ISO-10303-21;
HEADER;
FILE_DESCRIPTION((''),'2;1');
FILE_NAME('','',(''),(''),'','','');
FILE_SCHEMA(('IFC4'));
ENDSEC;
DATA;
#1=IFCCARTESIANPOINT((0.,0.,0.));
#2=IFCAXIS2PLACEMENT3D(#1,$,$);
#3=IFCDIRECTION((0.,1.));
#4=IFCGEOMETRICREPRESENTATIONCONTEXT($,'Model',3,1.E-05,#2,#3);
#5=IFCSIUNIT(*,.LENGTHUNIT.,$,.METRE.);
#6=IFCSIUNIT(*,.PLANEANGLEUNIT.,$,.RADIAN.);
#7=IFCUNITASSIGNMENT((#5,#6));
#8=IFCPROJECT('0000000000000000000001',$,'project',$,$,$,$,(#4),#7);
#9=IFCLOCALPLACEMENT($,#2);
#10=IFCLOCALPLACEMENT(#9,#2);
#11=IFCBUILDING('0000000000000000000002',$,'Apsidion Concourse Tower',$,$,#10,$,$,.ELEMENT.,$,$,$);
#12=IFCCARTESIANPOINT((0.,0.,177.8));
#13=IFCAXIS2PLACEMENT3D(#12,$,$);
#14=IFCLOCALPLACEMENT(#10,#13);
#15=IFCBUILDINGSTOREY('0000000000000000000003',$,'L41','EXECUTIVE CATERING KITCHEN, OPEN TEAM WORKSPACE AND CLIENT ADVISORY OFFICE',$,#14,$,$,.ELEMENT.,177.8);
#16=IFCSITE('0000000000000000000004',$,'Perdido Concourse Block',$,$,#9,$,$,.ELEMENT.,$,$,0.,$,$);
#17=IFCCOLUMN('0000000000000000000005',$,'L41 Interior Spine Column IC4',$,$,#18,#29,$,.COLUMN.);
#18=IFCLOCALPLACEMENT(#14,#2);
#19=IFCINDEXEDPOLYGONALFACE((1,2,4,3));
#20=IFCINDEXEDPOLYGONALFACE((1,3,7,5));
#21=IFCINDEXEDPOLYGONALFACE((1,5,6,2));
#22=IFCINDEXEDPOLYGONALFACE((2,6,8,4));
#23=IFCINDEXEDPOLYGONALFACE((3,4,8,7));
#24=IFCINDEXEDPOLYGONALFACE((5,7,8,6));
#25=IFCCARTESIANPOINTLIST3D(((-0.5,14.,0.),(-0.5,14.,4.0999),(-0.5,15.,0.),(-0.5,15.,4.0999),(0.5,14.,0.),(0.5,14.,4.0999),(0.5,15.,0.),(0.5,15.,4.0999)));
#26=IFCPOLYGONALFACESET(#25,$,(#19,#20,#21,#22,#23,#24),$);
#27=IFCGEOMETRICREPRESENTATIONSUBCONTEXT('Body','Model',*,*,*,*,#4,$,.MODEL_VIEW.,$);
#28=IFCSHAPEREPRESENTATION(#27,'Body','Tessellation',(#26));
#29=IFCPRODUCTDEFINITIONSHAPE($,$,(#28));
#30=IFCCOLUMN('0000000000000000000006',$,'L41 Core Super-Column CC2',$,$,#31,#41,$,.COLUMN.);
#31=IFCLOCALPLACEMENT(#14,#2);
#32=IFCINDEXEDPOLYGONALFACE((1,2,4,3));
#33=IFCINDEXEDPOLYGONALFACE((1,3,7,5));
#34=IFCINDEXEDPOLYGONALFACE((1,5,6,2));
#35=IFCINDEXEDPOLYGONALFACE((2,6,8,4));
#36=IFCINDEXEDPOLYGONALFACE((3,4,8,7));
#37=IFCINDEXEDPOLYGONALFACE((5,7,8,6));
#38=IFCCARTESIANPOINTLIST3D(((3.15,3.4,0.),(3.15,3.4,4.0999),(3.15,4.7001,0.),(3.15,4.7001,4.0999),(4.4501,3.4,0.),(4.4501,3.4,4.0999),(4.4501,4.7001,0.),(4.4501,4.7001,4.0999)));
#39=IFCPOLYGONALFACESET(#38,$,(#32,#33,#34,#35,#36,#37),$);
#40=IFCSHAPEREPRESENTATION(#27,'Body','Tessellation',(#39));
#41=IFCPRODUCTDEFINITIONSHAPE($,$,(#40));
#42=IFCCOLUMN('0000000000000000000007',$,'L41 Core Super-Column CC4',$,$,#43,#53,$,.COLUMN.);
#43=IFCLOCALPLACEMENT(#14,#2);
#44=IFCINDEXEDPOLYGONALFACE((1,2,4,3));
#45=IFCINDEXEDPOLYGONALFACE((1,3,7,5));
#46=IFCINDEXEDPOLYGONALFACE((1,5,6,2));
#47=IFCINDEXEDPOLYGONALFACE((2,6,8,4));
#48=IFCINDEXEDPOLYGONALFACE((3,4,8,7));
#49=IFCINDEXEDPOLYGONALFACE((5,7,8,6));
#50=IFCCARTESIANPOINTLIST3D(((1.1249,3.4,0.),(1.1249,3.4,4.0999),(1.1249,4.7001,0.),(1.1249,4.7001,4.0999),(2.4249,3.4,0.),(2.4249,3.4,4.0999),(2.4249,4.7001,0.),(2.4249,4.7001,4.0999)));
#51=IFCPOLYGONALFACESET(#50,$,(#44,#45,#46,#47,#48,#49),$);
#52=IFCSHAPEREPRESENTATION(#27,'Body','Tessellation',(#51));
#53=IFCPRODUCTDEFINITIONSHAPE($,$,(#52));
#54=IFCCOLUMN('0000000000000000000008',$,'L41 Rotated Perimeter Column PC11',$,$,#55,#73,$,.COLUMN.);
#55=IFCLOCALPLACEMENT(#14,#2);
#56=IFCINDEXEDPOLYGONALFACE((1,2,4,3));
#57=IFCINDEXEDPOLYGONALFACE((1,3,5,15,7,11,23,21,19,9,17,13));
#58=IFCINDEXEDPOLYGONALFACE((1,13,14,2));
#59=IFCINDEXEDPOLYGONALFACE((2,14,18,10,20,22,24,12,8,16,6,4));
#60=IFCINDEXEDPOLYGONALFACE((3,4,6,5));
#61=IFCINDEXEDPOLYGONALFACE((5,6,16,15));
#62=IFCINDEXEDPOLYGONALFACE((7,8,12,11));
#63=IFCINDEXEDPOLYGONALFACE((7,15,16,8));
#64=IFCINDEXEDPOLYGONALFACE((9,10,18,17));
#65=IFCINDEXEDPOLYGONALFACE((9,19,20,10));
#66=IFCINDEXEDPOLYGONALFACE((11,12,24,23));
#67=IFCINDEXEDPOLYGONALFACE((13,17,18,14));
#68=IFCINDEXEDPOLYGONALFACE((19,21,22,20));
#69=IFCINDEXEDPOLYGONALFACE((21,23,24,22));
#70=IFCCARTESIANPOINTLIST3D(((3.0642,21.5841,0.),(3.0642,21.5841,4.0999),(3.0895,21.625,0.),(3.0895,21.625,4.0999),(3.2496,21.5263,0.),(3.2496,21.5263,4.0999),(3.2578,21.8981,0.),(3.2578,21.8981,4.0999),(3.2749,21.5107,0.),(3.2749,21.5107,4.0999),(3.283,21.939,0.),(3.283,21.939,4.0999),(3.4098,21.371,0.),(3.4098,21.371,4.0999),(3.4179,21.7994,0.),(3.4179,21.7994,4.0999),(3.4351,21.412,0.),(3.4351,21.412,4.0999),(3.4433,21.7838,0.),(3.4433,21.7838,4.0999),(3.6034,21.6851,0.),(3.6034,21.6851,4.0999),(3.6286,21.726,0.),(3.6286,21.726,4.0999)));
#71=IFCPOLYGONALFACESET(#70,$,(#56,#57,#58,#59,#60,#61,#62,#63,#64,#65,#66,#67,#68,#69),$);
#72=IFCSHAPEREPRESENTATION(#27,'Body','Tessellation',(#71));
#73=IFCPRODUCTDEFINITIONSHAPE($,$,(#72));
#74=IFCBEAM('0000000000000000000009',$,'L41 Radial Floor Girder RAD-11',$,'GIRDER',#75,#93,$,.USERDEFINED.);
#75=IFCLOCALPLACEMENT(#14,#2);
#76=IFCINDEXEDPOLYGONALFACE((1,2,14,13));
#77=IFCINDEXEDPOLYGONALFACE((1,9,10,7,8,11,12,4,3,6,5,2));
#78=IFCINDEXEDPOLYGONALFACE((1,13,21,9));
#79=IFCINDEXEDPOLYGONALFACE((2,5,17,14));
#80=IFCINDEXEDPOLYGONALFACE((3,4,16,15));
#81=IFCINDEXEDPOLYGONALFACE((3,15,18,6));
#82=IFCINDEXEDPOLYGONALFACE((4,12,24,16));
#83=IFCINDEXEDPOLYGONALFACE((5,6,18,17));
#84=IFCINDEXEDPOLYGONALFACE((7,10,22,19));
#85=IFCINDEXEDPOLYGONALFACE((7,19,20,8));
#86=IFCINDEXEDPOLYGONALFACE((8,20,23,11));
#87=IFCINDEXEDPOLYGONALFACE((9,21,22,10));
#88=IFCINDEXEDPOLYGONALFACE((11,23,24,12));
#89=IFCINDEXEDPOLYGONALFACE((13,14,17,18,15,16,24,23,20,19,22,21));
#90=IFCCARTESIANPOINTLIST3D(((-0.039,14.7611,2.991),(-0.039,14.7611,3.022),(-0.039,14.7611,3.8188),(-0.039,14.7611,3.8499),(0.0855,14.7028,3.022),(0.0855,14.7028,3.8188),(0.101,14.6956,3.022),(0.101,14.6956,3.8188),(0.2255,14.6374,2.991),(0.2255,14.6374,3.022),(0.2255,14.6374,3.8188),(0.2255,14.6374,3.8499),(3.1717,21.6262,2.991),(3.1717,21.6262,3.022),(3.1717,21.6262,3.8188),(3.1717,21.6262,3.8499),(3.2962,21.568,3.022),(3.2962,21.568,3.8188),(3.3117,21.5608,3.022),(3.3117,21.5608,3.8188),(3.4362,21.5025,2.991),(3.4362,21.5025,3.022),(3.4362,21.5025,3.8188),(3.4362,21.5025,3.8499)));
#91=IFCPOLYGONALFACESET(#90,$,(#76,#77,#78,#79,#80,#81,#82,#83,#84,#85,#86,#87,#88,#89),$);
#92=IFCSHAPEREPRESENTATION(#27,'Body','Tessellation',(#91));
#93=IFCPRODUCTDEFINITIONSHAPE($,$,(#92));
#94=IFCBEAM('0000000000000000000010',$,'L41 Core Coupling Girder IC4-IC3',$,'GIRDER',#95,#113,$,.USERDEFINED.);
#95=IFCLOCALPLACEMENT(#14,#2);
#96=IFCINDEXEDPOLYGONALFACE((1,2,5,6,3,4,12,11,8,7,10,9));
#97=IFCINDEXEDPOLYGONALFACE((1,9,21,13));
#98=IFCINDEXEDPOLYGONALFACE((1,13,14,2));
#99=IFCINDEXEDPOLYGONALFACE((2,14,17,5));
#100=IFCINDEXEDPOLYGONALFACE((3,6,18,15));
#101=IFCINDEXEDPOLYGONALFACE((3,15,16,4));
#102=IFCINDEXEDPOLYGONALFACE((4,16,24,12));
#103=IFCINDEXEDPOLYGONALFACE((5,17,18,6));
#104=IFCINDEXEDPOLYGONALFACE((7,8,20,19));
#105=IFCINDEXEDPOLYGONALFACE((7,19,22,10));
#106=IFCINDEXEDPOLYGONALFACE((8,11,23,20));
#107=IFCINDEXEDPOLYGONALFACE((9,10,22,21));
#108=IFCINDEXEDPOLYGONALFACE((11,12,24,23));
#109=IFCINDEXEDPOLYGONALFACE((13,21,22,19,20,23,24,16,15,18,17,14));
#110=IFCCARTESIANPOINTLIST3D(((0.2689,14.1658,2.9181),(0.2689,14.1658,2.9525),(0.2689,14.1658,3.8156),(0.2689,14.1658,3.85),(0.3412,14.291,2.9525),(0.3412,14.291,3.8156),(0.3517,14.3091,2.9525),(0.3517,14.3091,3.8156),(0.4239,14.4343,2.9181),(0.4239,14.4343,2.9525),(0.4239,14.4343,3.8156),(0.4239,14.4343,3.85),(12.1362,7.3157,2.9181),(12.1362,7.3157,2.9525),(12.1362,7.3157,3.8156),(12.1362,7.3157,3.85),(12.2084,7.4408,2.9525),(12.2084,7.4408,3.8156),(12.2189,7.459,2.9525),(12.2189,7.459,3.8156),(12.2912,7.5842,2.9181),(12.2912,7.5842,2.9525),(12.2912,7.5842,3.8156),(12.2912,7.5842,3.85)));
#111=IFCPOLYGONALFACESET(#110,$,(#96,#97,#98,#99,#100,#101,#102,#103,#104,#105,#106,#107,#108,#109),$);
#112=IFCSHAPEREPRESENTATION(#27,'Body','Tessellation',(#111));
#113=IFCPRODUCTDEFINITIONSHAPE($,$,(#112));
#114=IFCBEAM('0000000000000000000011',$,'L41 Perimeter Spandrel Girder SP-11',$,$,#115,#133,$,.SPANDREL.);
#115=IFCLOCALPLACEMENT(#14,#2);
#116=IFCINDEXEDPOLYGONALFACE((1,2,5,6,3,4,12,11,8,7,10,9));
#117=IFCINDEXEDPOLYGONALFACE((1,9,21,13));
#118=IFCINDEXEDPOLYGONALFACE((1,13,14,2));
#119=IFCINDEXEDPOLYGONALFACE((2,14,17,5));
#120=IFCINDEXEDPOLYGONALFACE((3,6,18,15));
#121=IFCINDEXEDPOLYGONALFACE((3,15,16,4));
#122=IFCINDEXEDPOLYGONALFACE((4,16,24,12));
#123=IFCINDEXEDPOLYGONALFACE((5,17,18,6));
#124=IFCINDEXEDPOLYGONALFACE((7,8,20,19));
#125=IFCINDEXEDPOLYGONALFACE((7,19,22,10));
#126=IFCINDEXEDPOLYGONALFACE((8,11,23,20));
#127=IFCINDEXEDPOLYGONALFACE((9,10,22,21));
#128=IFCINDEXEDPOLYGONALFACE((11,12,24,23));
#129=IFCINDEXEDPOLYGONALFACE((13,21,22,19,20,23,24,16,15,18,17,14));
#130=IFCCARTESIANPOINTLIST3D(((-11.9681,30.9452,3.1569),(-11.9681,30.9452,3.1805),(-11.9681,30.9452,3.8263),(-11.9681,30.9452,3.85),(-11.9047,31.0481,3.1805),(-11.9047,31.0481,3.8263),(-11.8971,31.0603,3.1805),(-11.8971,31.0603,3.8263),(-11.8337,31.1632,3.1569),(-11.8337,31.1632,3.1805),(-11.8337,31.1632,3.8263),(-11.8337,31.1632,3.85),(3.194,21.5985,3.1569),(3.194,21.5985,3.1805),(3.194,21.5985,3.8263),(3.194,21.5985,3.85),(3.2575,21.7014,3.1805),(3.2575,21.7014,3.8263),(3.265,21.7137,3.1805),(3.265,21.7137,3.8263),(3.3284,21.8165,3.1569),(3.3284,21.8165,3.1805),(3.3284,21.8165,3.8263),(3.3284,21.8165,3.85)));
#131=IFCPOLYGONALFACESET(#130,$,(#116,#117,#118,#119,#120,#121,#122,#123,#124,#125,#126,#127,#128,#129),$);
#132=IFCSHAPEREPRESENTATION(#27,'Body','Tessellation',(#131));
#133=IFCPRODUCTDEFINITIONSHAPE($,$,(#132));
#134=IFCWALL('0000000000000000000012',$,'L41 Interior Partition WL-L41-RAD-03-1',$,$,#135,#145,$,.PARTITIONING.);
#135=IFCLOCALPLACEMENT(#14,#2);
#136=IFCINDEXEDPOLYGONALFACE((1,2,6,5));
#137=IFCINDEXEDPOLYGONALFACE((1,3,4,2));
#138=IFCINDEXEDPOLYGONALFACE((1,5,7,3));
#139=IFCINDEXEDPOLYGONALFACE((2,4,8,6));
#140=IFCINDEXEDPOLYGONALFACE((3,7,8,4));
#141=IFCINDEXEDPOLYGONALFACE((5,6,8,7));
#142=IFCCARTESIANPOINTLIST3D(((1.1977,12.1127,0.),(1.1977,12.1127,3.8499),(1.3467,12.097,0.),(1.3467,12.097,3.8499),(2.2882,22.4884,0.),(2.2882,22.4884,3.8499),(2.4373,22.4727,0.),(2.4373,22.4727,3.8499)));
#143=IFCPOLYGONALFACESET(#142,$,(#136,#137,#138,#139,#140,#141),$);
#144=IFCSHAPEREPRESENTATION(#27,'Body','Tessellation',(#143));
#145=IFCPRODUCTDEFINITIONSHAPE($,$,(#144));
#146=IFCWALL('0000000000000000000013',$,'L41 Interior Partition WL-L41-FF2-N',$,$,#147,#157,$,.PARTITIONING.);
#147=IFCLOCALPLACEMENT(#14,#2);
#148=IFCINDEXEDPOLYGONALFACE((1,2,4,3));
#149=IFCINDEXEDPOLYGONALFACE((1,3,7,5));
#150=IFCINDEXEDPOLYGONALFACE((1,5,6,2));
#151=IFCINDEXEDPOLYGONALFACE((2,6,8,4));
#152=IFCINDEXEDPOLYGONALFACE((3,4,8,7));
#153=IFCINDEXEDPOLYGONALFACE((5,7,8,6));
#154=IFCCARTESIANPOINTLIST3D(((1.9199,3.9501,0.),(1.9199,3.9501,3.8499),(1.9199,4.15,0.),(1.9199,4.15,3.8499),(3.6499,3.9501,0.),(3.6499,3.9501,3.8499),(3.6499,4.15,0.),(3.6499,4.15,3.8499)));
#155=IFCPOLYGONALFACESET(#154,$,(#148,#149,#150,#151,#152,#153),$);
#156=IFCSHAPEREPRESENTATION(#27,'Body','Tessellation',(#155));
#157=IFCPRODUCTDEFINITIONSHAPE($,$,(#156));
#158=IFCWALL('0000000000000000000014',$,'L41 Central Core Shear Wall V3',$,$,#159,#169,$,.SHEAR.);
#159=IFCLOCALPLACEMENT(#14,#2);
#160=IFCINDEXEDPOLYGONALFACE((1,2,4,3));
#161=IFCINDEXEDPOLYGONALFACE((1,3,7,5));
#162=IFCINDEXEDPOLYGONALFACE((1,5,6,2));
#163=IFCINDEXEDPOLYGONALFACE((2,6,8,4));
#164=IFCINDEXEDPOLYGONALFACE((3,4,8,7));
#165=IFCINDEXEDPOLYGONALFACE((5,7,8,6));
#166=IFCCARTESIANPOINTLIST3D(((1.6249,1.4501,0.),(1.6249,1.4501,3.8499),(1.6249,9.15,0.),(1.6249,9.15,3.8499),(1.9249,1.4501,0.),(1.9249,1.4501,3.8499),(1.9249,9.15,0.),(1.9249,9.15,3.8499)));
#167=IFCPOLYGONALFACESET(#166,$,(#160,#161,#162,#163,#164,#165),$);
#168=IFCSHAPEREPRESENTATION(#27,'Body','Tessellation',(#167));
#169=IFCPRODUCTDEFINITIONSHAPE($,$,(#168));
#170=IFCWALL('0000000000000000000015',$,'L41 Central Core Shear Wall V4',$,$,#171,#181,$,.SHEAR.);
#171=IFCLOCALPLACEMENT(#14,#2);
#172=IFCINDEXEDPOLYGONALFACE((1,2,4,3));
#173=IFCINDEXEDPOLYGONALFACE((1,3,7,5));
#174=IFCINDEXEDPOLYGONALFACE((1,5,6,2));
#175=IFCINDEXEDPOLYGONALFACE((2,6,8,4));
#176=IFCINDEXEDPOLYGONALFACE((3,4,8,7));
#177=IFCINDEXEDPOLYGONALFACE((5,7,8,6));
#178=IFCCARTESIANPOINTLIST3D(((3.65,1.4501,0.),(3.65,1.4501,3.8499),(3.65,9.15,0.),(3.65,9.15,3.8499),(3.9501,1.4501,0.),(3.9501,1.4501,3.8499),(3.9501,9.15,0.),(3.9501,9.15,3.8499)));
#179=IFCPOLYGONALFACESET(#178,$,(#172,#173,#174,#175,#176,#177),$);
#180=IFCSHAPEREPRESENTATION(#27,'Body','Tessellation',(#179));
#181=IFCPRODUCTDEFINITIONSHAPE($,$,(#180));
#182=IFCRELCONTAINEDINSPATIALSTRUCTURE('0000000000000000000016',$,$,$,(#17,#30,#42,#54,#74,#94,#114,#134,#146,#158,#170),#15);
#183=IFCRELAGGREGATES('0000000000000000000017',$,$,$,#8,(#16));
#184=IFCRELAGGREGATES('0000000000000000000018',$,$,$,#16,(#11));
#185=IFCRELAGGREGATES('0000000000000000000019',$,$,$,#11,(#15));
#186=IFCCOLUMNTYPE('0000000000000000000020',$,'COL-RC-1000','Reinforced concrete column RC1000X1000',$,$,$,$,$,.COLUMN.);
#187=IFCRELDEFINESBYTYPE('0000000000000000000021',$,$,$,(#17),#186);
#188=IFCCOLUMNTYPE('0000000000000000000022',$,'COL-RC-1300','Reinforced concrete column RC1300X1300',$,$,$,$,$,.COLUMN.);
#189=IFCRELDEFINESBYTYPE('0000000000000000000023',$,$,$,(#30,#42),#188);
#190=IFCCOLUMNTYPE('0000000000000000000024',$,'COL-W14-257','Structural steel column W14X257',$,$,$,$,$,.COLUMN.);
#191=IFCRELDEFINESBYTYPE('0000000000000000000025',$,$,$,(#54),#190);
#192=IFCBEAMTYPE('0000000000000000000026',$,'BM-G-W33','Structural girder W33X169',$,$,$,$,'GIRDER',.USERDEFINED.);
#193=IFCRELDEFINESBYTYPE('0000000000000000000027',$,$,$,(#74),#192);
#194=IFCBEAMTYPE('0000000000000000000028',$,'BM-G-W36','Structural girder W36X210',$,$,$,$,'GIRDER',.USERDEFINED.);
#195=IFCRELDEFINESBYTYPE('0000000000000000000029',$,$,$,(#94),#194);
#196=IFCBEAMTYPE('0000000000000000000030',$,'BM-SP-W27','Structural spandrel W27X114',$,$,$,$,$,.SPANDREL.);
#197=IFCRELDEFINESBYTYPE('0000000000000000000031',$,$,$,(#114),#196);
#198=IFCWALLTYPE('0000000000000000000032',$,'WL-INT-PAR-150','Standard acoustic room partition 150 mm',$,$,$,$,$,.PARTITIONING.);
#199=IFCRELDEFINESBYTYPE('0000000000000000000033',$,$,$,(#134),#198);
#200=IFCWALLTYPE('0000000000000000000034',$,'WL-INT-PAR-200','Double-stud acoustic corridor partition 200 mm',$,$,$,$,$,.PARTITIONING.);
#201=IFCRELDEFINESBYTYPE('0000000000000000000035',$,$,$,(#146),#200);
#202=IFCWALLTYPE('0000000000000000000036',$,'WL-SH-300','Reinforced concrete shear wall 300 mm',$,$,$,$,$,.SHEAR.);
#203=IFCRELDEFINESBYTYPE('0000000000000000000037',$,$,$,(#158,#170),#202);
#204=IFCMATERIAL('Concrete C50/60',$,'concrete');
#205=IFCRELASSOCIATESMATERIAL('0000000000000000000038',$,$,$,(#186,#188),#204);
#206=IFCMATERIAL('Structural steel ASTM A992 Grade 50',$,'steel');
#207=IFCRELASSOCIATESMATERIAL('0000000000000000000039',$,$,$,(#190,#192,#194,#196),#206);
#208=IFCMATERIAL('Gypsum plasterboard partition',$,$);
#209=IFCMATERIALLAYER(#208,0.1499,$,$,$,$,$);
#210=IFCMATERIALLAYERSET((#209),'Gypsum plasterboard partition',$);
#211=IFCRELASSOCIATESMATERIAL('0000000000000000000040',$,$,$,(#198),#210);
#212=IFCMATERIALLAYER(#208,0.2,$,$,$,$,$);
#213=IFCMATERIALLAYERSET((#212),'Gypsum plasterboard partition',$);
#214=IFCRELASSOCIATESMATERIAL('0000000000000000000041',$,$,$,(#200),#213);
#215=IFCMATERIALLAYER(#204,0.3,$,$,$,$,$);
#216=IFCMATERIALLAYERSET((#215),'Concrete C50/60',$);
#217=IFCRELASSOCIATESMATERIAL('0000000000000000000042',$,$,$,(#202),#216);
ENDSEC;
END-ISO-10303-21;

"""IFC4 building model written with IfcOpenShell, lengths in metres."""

from ifc_helpers import new_model, si_unit, direction, frame, frame_2d, origin, origin_2d, place, context, subcontext, project, spatial, rectangle, i_section, extrude, material, layer, layer_set, material_profile, profile_set, type_object, element, save


model = new_model("IFC4")

# Units and contexts
model_context = context("Model", 3, precision=1e-05, world=origin(), true_north=direction((0.0, 1.0)))
body_context = subcontext(model_context, "Body", "Model", "MODEL_VIEW")
ifc_project = project(units=[si_unit("LENGTHUNIT", "METRE"), si_unit("PLANEANGLEUNIT", "RADIAN")], contexts=[model_context])

# Site, building, storey
site_placement = place(None, origin())
site = spatial("IfcSite", under=ifc_project, at=site_placement, Name="Perdido Concourse Block", CompositionType="ELEMENT", RefElevation=0.0)
building_placement = place(site_placement, origin())
building = spatial("IfcBuilding", under=site, at=building_placement, Name="Apsidion Concourse Tower", CompositionType="ELEMENT")
storey_placement = place(building_placement, frame((0.0, 0.0, 177.8)))
storey = spatial("IfcBuildingStorey", under=building, at=storey_placement, Name="L41", Description="EXECUTIVE CATERING KITCHEN, OPEN TEAM WORKSPACE AND CLIENT ADVISORY OFFICE", CompositionType="ELEMENT", Elevation=177.8)

# Columns
ifc_material_1 = material(Name="Concrete C50/60", Category="concrete")
ifc_material_profile_1 = material_profile(ifc_material_1, rectangle(XDim=1.0, YDim=1.0, at=origin_2d()), Name="RC 1000x1000")
ifc_profile_set_1 = profile_set([ifc_material_profile_1], Name="Concrete C50/60")
column_type_1 = type_object("IfcColumnType", Name="COL-RC-1000", Description="Reinforced concrete column RC1000X1000", PredefinedType="COLUMN", material=ifc_profile_set_1)
column_1_placement = place(storey_placement, frame((0.0, 14.5, 0.0), z_axis=(0.0, 0.0, 1.0), x_axis=(1.0, 0.0, 0.0)))
element("IfcColumn", 1, at=column_1_placement, inside=storey, type_object=column_type_1, Name="L41 Interior Spine Column IC4", PredefinedType="COLUMN", context=body_context, shape_type="SweptSolid", body=[
    extrude(rectangle(XDim=1.0, YDim=1.0, at=origin_2d()), origin(), (0.0, 0.0, 1.0), 4.0999),
])
ifc_material_profile_2 = material_profile(ifc_material_1, rectangle(XDim=1.3, YDim=1.3, at=origin_2d()), Name="RC 1300x1300")
ifc_profile_set_2 = profile_set([ifc_material_profile_2], Name="Concrete C50/60")
column_type_2 = type_object("IfcColumnType", Name="COL-RC-1300", Description="Reinforced concrete column RC1300X1300", PredefinedType="COLUMN", material=ifc_profile_set_2)
for number, where, z_axis, x_axis, name in (
    (2, (3.8, 4.05, 0.0), (0.0, 0.0, 1.0), (1.0, 0.0, 0.0), "L41 Core Super-Column CC2"),
    (3, (1.7749, 4.05, 0.0), (0.0, 0.0, 1.0), (1.0, 0.0, 0.0), "L41 Core Super-Column CC4"),
):
    element("IfcColumn", number, at=place(storey_placement, frame(where, z_axis=z_axis, x_axis=x_axis)), inside=storey, type_object=column_type_2, Name=name, PredefinedType="COLUMN", context=body_context, shape_type="SweptSolid", body=[
        extrude(rectangle(XDim=1.3, YDim=1.3, at=origin_2d()), origin(), (0.0, 0.0, 1.0), 4.0999),
    ])
ifc_material_2 = material(Name="Structural steel ASTM A992 Grade 50", Category="steel")
ifc_material_profile_3 = material_profile(ifc_material_2, i_section(OverallWidth=0.406, OverallDepth=0.417, WebThickness=0.0298, FlangeThickness=0.0481, at=origin_2d()), Name="W14X257")
ifc_profile_set_3 = profile_set([ifc_material_profile_3], Name="Structural steel ASTM A992 Grade 50")
column_type_3 = type_object("IfcColumnType", Name="COL-W14-257", Description="Structural steel column W14X257", PredefinedType="COLUMN", material=ifc_profile_set_3)
column_2_placement = place(storey_placement, frame((3.3464, 21.655, 0.0), z_axis=(0.0, 0.0, 1.0), x_axis=(-0.851269, 0.524729, 0.0)))
element("IfcColumn", 4, at=column_2_placement, inside=storey, type_object=column_type_3, Name="L41 Rotated Perimeter Column PC11", PredefinedType="COLUMN", context=body_context, shape_type="SweptSolid", body=[
    extrude(i_section(OverallWidth=0.406, OverallDepth=0.417, WebThickness=0.0298, FlangeThickness=0.0481, at=origin_2d()), origin(), (0.0, 0.0, 1.0), 4.0999),
])

# Beams
ifc_material_profile_4 = material_profile(ifc_material_2, i_section(OverallWidth=0.292, OverallDepth=0.8589, WebThickness=0.0171, FlangeThickness=0.031, at=origin_2d()), Name="W33X169")
ifc_profile_set_4 = profile_set([ifc_material_profile_4], Name="Structural steel ASTM A992 Grade 50")
beam_type_1 = type_object("IfcBeamType", Name="BM-G-W33", Description="Structural girder W33X169", ElementType="GIRDER", PredefinedType="USERDEFINED", material=ifc_profile_set_4)
beam_1_placement = place(storey_placement, frame((0.0933, 14.6992, 3.4204), z_axis=(0.423635, 0.905833, 0.0), x_axis=(-0.905833, 0.423635, 0.0)))
element("IfcBeam", 5, at=beam_1_placement, inside=storey, type_object=beam_type_1, Name="L41 Radial Floor Girder RAD-11", ObjectType="GIRDER", PredefinedType="USERDEFINED", context=body_context, shape_type="SweptSolid", body=[
    extrude(i_section(OverallWidth=0.292, OverallDepth=0.8589, WebThickness=0.0171, FlangeThickness=0.031, at=origin_2d()), origin(), (0.0, 0.0, 1.0), 7.5789),
])
ifc_material_profile_5 = material_profile(ifc_material_2, i_section(OverallWidth=0.3101, OverallDepth=0.9319, WebThickness=0.021, FlangeThickness=0.0344, at=origin_2d()), Name="W36X210")
ifc_profile_set_5 = profile_set([ifc_material_profile_5], Name="Structural steel ASTM A992 Grade 50")
beam_type_2 = type_object("IfcBeamType", Name="BM-G-W36", Description="Structural girder W36X210", ElementType="GIRDER", PredefinedType="USERDEFINED", material=ifc_profile_set_5)
beam_2_placement = place(storey_placement, frame((0.3464, 14.3, 3.384), z_axis=(0.86607, -0.499922, 0.0), x_axis=(0.499922, 0.86607, 0.0)))
element("IfcBeam", 6, at=beam_2_placement, inside=storey, type_object=beam_type_2, Name="L41 Core Coupling Girder IC4-IC3", ObjectType="GIRDER", PredefinedType="USERDEFINED", context=body_context, shape_type="SweptSolid", body=[
    extrude(i_section(OverallWidth=0.3101, OverallDepth=0.9319, WebThickness=0.021, FlangeThickness=0.0344, at=origin_2d()), origin(), (0.0, 0.0, 1.0), 13.7024),
])
ifc_material_profile_6 = material_profile(ifc_material_2, i_section(OverallWidth=0.2561, OverallDepth=0.6931, WebThickness=0.0144, FlangeThickness=0.0237, at=origin_2d()), Name="W27X114")
ifc_profile_set_6 = profile_set([ifc_material_profile_6], Name="Structural steel ASTM A992 Grade 50")
beam_type_3 = type_object("IfcBeamType", Name="BM-SP-W27", Description="Structural spandrel W27X114", PredefinedType="SPANDREL", material=ifc_profile_set_6)
beam_3_placement = place(storey_placement, frame((3.2612, 21.7075, 3.5034), z_axis=(-0.851253, 0.524755, 0.0), x_axis=(-0.524755, -0.851253, 0.0)))
element("IfcBeam", 7, at=beam_3_placement, inside=storey, type_object=beam_type_3, Name="L41 Perimeter Spandrel Girder SP-11", PredefinedType="SPANDREL", context=body_context, shape_type="SweptSolid", body=[
    extrude(i_section(OverallWidth=0.2561, OverallDepth=0.6931, WebThickness=0.0144, FlangeThickness=0.0237, at=origin_2d()), origin(), (0.0, 0.0, 1.0), 17.8115),
])

# Walls
ifc_material_3 = material(Name="Gypsum plasterboard partition")
ifc_layer_1 = layer(ifc_material_3, 0.1499)
ifc_layer_set_1 = layer_set([ifc_layer_1], Name="Gypsum plasterboard partition")
wall_type_1 = type_object("IfcWallType", Name="WL-INT-PAR-150", Description="Standard acoustic room partition 150 mm", PredefinedType="PARTITIONING", material=ifc_layer_set_1)
wall_1_placement = place(storey_placement, frame((1.2722, 12.105, 0.0), z_axis=(0.0, 0.0, 1.0), x_axis=(0.104533, 0.994521, 0.0)))
element("IfcWall", 8, at=wall_1_placement, inside=storey, type_object=wall_type_1, Name="L41 Interior Partition WL-L41-RAD-03-1", PredefinedType="PARTITIONING", context=body_context, shape_type="SweptSolid", body=[
    extrude(rectangle(XDim=10.4329, YDim=0.1499, at=frame_2d((5.2163, 0.0))), origin(), (0.0, 0.0, 1.0), 3.8499),
])
ifc_layer_2 = layer(ifc_material_3, 0.2)
ifc_layer_set_2 = layer_set([ifc_layer_2], Name="Gypsum plasterboard partition")
wall_type_2 = type_object("IfcWallType", Name="WL-INT-PAR-200", Description="Double-stud acoustic corridor partition 200 mm", PredefinedType="PARTITIONING", material=ifc_layer_set_2)
wall_2_placement = place(storey_placement, frame((1.9199, 4.05, 0.0), z_axis=(0.0, 0.0, 1.0), x_axis=(1.0, 0.0, 0.0)))
element("IfcWall", 9, at=wall_2_placement, inside=storey, type_object=wall_type_2, Name="L41 Interior Partition WL-L41-FF2-N", PredefinedType="PARTITIONING", context=body_context, shape_type="SweptSolid", body=[
    extrude(rectangle(XDim=1.73, YDim=0.2, at=frame_2d((0.865, 0.0))), origin(), (0.0, 0.0, 1.0), 3.8499),
])
ifc_layer_3 = layer(ifc_material_1, 0.3)
ifc_layer_set_3 = layer_set([ifc_layer_3], Name="Concrete C50/60")
wall_type_3 = type_object("IfcWallType", Name="WL-SH-300", Description="Reinforced concrete shear wall 300 mm", PredefinedType="SHEAR", material=ifc_layer_set_3)
for number, where, z_axis, x_axis, name in (
    (10, (1.7749, 1.45, 0.0), (0.0, 0.0, 1.0), (0.0, 1.0, 0.0), "L41 Central Core Shear Wall V3"),
    (11, (3.8, 1.45, 0.0), (0.0, 0.0, 1.0), (0.0, 1.0, 0.0), "L41 Central Core Shear Wall V4"),
):
    element("IfcWall", number, at=place(storey_placement, frame(where, z_axis=z_axis, x_axis=x_axis)), inside=storey, type_object=wall_type_3, Name=name, PredefinedType="SHEAR", context=body_context, shape_type="SweptSolid", body=[
        extrude(rectangle(XDim=7.7, YDim=0.3, at=frame_2d((3.8501, 0.0))), origin(), (0.0, 0.0, 1.0), 3.8499),
    ])

save(model, "model.ifc")
